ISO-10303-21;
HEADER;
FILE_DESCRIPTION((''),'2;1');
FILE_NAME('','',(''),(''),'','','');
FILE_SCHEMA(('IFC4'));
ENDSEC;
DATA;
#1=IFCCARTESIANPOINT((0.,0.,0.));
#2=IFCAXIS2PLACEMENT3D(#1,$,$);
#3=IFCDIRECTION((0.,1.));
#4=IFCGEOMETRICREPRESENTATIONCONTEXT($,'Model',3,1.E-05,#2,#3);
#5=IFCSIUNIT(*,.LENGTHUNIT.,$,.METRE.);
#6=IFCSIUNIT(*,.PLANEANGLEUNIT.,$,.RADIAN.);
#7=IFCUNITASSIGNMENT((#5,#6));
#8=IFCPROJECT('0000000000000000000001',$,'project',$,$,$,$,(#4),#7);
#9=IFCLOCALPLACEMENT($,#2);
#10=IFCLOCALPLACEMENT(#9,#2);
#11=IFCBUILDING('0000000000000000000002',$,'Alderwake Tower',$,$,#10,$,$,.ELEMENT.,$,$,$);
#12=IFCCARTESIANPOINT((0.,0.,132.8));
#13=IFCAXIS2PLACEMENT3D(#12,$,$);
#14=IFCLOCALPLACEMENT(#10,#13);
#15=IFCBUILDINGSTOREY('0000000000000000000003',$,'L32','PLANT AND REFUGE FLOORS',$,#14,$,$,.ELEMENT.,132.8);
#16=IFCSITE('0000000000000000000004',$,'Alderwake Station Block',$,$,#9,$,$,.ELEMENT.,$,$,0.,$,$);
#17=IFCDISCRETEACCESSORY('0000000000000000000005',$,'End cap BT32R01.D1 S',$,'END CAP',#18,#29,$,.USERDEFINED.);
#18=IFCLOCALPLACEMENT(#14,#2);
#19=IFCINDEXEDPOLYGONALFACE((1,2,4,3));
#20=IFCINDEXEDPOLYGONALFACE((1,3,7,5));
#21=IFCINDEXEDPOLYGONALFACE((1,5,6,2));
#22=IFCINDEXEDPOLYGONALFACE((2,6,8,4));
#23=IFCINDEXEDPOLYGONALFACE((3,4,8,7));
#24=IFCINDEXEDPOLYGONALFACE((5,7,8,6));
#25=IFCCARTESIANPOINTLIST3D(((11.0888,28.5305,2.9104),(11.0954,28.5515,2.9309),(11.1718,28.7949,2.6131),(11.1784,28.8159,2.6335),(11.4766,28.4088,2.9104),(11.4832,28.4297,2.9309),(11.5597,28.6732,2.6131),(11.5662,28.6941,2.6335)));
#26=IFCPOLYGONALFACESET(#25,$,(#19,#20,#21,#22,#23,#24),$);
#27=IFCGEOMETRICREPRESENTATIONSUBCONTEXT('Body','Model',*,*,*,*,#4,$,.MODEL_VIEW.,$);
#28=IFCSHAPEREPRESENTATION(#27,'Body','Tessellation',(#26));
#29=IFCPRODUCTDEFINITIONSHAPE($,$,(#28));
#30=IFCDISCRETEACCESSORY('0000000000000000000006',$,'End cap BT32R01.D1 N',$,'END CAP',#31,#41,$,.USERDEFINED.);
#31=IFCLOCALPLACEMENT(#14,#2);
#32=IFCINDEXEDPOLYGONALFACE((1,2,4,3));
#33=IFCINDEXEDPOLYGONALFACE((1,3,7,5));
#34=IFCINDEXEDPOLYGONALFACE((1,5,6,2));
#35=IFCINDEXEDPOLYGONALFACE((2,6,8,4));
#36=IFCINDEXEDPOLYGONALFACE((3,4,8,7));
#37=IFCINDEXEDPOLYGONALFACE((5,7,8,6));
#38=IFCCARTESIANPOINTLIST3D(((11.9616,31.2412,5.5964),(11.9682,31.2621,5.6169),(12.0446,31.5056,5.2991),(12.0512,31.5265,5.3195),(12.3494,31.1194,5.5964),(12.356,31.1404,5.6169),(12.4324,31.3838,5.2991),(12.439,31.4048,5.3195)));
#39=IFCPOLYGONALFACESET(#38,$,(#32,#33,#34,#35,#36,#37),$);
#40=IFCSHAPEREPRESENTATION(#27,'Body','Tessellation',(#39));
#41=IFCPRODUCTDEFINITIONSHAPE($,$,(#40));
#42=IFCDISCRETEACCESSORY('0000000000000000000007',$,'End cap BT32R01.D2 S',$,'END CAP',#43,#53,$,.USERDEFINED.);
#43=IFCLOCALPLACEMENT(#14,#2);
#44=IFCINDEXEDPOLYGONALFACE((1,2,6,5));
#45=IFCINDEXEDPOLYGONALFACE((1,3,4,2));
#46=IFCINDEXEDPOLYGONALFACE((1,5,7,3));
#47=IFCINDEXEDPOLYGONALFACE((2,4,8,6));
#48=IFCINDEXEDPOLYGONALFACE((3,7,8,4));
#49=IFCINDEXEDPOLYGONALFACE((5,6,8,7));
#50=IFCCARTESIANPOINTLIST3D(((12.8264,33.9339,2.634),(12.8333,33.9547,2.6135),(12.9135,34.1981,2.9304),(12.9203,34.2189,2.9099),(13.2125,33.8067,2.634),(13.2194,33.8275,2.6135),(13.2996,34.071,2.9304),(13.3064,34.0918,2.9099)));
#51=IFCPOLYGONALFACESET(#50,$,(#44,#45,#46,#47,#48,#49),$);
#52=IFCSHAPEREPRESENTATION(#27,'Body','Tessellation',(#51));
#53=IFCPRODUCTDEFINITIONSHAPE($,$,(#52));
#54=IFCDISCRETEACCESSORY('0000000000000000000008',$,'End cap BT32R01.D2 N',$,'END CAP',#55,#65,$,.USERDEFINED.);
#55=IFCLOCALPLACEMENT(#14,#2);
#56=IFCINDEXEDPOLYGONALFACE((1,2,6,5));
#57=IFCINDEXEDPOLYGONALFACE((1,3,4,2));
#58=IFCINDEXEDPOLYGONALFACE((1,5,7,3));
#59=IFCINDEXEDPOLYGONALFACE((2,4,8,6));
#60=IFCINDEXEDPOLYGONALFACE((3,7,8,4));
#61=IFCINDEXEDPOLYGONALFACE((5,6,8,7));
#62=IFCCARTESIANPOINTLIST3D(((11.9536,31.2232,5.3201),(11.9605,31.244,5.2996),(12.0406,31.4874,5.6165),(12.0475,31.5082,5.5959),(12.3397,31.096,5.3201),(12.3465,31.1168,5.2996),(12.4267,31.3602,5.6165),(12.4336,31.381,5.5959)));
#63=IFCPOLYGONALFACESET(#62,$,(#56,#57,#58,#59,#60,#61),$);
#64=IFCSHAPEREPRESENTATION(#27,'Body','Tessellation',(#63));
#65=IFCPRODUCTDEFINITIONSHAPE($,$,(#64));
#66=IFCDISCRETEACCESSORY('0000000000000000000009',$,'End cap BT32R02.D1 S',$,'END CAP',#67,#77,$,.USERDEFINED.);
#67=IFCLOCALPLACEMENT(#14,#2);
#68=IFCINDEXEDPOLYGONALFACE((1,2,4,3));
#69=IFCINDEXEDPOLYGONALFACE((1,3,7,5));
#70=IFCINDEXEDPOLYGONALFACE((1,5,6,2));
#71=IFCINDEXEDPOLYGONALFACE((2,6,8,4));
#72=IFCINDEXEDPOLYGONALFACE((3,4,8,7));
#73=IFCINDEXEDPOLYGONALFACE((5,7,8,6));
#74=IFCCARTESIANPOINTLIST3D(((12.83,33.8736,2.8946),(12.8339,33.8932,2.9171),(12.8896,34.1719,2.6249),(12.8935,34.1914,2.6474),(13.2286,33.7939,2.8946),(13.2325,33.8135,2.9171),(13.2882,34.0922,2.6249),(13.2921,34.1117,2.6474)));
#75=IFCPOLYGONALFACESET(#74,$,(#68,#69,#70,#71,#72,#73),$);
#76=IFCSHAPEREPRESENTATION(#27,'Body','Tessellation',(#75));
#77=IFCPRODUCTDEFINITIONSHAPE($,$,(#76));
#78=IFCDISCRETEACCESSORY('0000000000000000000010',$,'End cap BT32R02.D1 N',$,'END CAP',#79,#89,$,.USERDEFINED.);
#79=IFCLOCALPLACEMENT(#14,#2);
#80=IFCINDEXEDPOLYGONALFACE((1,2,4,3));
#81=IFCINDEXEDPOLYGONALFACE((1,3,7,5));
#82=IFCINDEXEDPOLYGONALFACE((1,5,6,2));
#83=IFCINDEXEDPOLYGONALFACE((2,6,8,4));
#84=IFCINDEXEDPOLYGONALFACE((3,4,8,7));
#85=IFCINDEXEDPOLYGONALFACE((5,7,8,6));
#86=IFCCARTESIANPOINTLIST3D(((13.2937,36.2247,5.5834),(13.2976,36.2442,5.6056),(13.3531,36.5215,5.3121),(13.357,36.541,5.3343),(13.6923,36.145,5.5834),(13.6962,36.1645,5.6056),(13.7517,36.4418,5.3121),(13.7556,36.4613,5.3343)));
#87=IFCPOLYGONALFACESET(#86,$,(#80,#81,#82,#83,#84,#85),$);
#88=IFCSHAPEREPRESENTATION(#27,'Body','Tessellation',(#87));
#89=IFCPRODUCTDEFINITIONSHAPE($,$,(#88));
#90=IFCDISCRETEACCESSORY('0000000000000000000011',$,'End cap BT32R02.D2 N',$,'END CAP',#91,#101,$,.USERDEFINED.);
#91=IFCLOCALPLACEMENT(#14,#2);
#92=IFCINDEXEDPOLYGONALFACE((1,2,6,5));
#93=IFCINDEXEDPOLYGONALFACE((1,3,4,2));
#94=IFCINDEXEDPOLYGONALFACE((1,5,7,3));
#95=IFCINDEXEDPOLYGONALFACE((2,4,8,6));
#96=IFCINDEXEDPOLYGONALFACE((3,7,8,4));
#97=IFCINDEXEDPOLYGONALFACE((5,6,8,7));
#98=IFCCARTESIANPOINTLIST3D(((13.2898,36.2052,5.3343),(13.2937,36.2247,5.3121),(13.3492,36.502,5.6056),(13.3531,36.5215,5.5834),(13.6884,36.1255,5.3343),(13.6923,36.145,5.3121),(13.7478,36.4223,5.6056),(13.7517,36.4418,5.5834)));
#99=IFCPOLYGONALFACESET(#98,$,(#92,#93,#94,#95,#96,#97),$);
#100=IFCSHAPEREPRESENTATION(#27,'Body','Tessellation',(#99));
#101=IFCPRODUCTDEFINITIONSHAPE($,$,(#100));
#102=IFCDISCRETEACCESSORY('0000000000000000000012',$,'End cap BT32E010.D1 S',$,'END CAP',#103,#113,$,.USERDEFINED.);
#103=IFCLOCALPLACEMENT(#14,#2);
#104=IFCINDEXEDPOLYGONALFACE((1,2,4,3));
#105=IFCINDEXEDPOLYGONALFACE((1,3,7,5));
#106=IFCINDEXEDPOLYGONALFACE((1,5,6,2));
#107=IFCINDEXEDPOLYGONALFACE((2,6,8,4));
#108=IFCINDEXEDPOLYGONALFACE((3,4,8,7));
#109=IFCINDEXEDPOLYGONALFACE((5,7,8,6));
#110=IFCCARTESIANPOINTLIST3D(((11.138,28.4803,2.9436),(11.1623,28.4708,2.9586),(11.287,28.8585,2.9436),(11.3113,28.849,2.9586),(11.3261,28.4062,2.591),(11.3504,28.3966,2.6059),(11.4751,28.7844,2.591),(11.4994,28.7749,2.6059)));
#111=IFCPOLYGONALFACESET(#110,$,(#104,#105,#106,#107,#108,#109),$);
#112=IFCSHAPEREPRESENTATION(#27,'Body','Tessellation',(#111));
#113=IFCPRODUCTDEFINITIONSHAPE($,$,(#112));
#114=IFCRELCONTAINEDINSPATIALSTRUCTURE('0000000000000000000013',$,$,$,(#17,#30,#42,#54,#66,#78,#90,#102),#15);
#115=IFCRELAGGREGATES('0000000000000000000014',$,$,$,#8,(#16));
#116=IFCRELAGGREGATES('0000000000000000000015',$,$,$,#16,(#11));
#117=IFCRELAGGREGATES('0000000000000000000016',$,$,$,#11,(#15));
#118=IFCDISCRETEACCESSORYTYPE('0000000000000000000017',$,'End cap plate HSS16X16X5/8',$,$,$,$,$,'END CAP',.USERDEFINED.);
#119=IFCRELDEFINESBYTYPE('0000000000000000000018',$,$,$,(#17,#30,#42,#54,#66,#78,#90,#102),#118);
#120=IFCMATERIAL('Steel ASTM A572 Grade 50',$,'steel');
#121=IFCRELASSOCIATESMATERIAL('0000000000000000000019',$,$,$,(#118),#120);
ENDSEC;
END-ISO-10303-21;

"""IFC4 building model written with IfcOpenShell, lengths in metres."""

from ifc_helpers import new_model, si_unit, direction, frame, origin, origin_2d, place, context, subcontext, project, spatial, rectangle, extrude, material, material_profile, profile_set, type_object, element, save


model = new_model("IFC4")

# Units and contexts
model_context = context("Model", 3, precision=1e-05, world=origin(), true_north=direction((0.0, 1.0)))
body_context = subcontext(model_context, "Body", "Model", "MODEL_VIEW")
ifc_project = project(units=[si_unit("LENGTHUNIT", "METRE"), si_unit("PLANEANGLEUNIT", "RADIAN")], contexts=[model_context])

# Site, building, storey
site_placement = place(None, origin())
site = spatial("IfcSite", under=ifc_project, at=site_placement, Name="Alderwake Station Block", CompositionType="ELEMENT", RefElevation=0.0)
building_placement = place(site_placement, origin())
building = spatial("IfcBuilding", under=site, at=building_placement, Name="Alderwake Tower", CompositionType="ELEMENT")
storey_placement = place(building_placement, frame((0.0, 0.0, 132.8)))
storey = spatial("IfcBuildingStorey", under=building, at=storey_placement, Name="L32", Description="PLANT AND REFUGE FLOORS", CompositionType="ELEMENT", Elevation=132.8)

# Discrete accessories
ifc_material_1 = material(Name="Steel ASTM A572 Grade 50", Category="steel")
ifc_material_profile_1 = material_profile(ifc_material_1, rectangle(XDim=0.4065, YDim=0.4065, at=origin_2d()), Name="HSS16X16X5/8 cap")
ifc_profile_set_1 = profile_set([ifc_material_profile_1], Name="Steel ASTM A572 Grade 50")
discrete_accessory_type_1 = type_object("IfcDiscreteAccessoryType", Name="End cap plate HSS16X16X5/8", ElementType="END CAP", PredefinedType="USERDEFINED", material=ifc_profile_set_1)
for number, where, z_axis, x_axis, name in (
    (1, (11.3308, 28.6228, 2.7822), (-0.219136, -0.697988, -0.681756), (0.954084, -0.299538, 0.0), "End cap BT32R01.D1 S"),
    (2, (12.197, 31.3125, 5.4478), (0.219136, 0.697988, 0.681756), (-0.954084, 0.299538, 0.0), "End cap BT32R01.D1 N"),
    (3, (13.063, 34.0024, 2.7822), (0.228125, 0.692523, -0.684376), (-0.949795, 0.312874, 0.0), "End cap BT32R01.D2 S"),
    (4, (12.197, 31.3125, 5.4478), (-0.228125, -0.692523, 0.684376), (0.949795, -0.312874, 0.0), "End cap BT32R01.D2 N"),
    (5, (13.063, 34.0024, 2.7822), (-0.13012, -0.6506, -0.74819), (0.980581, -0.196116, 0.0), "End cap BT32R02.D1 S"),
):
    element("IfcDiscreteAccessory", number, at=place(storey_placement, frame(where, z_axis=z_axis, x_axis=x_axis)), inside=storey, type_object=discrete_accessory_type_1, Name=name, ObjectType="END CAP", PredefinedType="USERDEFINED", context=body_context, shape_type="SweptSolid", body=[
        extrude(rectangle(XDim=0.4065, YDim=0.4065, at=origin_2d()), origin(), (0.0, 0.0, 1.0), 0.03),
    ])
for number, where, z_axis, x_axis, name in (
    (6, (13.5227, 36.3333, 5.4478), (0.130915, 0.654573, 0.744577), (-0.980581, 0.196116, 0.0), "End cap BT32R02.D1 N"),
    (7, (13.5227, 36.3333, 5.4478), (-0.130915, -0.654573, 0.744577), (0.980581, -0.196116, 0.0), "End cap BT32R02.D2 N"),
):
    element("IfcDiscreteAccessory", number, at=place(storey_placement, frame(where, z_axis=z_axis, x_axis=x_axis)), inside=storey, type_object=discrete_accessory_type_1, Name=name, ObjectType="END CAP", PredefinedType="USERDEFINED", context=body_context, shape_type="SweptSolid", body=[
        extrude(rectangle(XDim=0.4065, YDim=0.4065, at=origin_2d()), origin(), (0.0, 0.0, 1.0), 0.0298),
    ])
discrete_accessory_1_placement = place(storey_placement, frame((11.3308, 28.6228, 2.7822), z_axis=(-0.807175, 0.317978, -0.497351), x_axis=(-0.366525, -0.930408, 0.0)))
element("IfcDiscreteAccessory", 8, at=discrete_accessory_1_placement, inside=storey, type_object=discrete_accessory_type_1, Name="End cap BT32E010.D1 S", ObjectType="END CAP", PredefinedType="USERDEFINED", context=body_context, shape_type="SweptSolid", body=[
    extrude(rectangle(XDim=0.4065, YDim=0.4065, at=origin_2d()), origin(), (0.0, 0.0, 1.0), 0.03),
])

save(model, "model.ifc")
